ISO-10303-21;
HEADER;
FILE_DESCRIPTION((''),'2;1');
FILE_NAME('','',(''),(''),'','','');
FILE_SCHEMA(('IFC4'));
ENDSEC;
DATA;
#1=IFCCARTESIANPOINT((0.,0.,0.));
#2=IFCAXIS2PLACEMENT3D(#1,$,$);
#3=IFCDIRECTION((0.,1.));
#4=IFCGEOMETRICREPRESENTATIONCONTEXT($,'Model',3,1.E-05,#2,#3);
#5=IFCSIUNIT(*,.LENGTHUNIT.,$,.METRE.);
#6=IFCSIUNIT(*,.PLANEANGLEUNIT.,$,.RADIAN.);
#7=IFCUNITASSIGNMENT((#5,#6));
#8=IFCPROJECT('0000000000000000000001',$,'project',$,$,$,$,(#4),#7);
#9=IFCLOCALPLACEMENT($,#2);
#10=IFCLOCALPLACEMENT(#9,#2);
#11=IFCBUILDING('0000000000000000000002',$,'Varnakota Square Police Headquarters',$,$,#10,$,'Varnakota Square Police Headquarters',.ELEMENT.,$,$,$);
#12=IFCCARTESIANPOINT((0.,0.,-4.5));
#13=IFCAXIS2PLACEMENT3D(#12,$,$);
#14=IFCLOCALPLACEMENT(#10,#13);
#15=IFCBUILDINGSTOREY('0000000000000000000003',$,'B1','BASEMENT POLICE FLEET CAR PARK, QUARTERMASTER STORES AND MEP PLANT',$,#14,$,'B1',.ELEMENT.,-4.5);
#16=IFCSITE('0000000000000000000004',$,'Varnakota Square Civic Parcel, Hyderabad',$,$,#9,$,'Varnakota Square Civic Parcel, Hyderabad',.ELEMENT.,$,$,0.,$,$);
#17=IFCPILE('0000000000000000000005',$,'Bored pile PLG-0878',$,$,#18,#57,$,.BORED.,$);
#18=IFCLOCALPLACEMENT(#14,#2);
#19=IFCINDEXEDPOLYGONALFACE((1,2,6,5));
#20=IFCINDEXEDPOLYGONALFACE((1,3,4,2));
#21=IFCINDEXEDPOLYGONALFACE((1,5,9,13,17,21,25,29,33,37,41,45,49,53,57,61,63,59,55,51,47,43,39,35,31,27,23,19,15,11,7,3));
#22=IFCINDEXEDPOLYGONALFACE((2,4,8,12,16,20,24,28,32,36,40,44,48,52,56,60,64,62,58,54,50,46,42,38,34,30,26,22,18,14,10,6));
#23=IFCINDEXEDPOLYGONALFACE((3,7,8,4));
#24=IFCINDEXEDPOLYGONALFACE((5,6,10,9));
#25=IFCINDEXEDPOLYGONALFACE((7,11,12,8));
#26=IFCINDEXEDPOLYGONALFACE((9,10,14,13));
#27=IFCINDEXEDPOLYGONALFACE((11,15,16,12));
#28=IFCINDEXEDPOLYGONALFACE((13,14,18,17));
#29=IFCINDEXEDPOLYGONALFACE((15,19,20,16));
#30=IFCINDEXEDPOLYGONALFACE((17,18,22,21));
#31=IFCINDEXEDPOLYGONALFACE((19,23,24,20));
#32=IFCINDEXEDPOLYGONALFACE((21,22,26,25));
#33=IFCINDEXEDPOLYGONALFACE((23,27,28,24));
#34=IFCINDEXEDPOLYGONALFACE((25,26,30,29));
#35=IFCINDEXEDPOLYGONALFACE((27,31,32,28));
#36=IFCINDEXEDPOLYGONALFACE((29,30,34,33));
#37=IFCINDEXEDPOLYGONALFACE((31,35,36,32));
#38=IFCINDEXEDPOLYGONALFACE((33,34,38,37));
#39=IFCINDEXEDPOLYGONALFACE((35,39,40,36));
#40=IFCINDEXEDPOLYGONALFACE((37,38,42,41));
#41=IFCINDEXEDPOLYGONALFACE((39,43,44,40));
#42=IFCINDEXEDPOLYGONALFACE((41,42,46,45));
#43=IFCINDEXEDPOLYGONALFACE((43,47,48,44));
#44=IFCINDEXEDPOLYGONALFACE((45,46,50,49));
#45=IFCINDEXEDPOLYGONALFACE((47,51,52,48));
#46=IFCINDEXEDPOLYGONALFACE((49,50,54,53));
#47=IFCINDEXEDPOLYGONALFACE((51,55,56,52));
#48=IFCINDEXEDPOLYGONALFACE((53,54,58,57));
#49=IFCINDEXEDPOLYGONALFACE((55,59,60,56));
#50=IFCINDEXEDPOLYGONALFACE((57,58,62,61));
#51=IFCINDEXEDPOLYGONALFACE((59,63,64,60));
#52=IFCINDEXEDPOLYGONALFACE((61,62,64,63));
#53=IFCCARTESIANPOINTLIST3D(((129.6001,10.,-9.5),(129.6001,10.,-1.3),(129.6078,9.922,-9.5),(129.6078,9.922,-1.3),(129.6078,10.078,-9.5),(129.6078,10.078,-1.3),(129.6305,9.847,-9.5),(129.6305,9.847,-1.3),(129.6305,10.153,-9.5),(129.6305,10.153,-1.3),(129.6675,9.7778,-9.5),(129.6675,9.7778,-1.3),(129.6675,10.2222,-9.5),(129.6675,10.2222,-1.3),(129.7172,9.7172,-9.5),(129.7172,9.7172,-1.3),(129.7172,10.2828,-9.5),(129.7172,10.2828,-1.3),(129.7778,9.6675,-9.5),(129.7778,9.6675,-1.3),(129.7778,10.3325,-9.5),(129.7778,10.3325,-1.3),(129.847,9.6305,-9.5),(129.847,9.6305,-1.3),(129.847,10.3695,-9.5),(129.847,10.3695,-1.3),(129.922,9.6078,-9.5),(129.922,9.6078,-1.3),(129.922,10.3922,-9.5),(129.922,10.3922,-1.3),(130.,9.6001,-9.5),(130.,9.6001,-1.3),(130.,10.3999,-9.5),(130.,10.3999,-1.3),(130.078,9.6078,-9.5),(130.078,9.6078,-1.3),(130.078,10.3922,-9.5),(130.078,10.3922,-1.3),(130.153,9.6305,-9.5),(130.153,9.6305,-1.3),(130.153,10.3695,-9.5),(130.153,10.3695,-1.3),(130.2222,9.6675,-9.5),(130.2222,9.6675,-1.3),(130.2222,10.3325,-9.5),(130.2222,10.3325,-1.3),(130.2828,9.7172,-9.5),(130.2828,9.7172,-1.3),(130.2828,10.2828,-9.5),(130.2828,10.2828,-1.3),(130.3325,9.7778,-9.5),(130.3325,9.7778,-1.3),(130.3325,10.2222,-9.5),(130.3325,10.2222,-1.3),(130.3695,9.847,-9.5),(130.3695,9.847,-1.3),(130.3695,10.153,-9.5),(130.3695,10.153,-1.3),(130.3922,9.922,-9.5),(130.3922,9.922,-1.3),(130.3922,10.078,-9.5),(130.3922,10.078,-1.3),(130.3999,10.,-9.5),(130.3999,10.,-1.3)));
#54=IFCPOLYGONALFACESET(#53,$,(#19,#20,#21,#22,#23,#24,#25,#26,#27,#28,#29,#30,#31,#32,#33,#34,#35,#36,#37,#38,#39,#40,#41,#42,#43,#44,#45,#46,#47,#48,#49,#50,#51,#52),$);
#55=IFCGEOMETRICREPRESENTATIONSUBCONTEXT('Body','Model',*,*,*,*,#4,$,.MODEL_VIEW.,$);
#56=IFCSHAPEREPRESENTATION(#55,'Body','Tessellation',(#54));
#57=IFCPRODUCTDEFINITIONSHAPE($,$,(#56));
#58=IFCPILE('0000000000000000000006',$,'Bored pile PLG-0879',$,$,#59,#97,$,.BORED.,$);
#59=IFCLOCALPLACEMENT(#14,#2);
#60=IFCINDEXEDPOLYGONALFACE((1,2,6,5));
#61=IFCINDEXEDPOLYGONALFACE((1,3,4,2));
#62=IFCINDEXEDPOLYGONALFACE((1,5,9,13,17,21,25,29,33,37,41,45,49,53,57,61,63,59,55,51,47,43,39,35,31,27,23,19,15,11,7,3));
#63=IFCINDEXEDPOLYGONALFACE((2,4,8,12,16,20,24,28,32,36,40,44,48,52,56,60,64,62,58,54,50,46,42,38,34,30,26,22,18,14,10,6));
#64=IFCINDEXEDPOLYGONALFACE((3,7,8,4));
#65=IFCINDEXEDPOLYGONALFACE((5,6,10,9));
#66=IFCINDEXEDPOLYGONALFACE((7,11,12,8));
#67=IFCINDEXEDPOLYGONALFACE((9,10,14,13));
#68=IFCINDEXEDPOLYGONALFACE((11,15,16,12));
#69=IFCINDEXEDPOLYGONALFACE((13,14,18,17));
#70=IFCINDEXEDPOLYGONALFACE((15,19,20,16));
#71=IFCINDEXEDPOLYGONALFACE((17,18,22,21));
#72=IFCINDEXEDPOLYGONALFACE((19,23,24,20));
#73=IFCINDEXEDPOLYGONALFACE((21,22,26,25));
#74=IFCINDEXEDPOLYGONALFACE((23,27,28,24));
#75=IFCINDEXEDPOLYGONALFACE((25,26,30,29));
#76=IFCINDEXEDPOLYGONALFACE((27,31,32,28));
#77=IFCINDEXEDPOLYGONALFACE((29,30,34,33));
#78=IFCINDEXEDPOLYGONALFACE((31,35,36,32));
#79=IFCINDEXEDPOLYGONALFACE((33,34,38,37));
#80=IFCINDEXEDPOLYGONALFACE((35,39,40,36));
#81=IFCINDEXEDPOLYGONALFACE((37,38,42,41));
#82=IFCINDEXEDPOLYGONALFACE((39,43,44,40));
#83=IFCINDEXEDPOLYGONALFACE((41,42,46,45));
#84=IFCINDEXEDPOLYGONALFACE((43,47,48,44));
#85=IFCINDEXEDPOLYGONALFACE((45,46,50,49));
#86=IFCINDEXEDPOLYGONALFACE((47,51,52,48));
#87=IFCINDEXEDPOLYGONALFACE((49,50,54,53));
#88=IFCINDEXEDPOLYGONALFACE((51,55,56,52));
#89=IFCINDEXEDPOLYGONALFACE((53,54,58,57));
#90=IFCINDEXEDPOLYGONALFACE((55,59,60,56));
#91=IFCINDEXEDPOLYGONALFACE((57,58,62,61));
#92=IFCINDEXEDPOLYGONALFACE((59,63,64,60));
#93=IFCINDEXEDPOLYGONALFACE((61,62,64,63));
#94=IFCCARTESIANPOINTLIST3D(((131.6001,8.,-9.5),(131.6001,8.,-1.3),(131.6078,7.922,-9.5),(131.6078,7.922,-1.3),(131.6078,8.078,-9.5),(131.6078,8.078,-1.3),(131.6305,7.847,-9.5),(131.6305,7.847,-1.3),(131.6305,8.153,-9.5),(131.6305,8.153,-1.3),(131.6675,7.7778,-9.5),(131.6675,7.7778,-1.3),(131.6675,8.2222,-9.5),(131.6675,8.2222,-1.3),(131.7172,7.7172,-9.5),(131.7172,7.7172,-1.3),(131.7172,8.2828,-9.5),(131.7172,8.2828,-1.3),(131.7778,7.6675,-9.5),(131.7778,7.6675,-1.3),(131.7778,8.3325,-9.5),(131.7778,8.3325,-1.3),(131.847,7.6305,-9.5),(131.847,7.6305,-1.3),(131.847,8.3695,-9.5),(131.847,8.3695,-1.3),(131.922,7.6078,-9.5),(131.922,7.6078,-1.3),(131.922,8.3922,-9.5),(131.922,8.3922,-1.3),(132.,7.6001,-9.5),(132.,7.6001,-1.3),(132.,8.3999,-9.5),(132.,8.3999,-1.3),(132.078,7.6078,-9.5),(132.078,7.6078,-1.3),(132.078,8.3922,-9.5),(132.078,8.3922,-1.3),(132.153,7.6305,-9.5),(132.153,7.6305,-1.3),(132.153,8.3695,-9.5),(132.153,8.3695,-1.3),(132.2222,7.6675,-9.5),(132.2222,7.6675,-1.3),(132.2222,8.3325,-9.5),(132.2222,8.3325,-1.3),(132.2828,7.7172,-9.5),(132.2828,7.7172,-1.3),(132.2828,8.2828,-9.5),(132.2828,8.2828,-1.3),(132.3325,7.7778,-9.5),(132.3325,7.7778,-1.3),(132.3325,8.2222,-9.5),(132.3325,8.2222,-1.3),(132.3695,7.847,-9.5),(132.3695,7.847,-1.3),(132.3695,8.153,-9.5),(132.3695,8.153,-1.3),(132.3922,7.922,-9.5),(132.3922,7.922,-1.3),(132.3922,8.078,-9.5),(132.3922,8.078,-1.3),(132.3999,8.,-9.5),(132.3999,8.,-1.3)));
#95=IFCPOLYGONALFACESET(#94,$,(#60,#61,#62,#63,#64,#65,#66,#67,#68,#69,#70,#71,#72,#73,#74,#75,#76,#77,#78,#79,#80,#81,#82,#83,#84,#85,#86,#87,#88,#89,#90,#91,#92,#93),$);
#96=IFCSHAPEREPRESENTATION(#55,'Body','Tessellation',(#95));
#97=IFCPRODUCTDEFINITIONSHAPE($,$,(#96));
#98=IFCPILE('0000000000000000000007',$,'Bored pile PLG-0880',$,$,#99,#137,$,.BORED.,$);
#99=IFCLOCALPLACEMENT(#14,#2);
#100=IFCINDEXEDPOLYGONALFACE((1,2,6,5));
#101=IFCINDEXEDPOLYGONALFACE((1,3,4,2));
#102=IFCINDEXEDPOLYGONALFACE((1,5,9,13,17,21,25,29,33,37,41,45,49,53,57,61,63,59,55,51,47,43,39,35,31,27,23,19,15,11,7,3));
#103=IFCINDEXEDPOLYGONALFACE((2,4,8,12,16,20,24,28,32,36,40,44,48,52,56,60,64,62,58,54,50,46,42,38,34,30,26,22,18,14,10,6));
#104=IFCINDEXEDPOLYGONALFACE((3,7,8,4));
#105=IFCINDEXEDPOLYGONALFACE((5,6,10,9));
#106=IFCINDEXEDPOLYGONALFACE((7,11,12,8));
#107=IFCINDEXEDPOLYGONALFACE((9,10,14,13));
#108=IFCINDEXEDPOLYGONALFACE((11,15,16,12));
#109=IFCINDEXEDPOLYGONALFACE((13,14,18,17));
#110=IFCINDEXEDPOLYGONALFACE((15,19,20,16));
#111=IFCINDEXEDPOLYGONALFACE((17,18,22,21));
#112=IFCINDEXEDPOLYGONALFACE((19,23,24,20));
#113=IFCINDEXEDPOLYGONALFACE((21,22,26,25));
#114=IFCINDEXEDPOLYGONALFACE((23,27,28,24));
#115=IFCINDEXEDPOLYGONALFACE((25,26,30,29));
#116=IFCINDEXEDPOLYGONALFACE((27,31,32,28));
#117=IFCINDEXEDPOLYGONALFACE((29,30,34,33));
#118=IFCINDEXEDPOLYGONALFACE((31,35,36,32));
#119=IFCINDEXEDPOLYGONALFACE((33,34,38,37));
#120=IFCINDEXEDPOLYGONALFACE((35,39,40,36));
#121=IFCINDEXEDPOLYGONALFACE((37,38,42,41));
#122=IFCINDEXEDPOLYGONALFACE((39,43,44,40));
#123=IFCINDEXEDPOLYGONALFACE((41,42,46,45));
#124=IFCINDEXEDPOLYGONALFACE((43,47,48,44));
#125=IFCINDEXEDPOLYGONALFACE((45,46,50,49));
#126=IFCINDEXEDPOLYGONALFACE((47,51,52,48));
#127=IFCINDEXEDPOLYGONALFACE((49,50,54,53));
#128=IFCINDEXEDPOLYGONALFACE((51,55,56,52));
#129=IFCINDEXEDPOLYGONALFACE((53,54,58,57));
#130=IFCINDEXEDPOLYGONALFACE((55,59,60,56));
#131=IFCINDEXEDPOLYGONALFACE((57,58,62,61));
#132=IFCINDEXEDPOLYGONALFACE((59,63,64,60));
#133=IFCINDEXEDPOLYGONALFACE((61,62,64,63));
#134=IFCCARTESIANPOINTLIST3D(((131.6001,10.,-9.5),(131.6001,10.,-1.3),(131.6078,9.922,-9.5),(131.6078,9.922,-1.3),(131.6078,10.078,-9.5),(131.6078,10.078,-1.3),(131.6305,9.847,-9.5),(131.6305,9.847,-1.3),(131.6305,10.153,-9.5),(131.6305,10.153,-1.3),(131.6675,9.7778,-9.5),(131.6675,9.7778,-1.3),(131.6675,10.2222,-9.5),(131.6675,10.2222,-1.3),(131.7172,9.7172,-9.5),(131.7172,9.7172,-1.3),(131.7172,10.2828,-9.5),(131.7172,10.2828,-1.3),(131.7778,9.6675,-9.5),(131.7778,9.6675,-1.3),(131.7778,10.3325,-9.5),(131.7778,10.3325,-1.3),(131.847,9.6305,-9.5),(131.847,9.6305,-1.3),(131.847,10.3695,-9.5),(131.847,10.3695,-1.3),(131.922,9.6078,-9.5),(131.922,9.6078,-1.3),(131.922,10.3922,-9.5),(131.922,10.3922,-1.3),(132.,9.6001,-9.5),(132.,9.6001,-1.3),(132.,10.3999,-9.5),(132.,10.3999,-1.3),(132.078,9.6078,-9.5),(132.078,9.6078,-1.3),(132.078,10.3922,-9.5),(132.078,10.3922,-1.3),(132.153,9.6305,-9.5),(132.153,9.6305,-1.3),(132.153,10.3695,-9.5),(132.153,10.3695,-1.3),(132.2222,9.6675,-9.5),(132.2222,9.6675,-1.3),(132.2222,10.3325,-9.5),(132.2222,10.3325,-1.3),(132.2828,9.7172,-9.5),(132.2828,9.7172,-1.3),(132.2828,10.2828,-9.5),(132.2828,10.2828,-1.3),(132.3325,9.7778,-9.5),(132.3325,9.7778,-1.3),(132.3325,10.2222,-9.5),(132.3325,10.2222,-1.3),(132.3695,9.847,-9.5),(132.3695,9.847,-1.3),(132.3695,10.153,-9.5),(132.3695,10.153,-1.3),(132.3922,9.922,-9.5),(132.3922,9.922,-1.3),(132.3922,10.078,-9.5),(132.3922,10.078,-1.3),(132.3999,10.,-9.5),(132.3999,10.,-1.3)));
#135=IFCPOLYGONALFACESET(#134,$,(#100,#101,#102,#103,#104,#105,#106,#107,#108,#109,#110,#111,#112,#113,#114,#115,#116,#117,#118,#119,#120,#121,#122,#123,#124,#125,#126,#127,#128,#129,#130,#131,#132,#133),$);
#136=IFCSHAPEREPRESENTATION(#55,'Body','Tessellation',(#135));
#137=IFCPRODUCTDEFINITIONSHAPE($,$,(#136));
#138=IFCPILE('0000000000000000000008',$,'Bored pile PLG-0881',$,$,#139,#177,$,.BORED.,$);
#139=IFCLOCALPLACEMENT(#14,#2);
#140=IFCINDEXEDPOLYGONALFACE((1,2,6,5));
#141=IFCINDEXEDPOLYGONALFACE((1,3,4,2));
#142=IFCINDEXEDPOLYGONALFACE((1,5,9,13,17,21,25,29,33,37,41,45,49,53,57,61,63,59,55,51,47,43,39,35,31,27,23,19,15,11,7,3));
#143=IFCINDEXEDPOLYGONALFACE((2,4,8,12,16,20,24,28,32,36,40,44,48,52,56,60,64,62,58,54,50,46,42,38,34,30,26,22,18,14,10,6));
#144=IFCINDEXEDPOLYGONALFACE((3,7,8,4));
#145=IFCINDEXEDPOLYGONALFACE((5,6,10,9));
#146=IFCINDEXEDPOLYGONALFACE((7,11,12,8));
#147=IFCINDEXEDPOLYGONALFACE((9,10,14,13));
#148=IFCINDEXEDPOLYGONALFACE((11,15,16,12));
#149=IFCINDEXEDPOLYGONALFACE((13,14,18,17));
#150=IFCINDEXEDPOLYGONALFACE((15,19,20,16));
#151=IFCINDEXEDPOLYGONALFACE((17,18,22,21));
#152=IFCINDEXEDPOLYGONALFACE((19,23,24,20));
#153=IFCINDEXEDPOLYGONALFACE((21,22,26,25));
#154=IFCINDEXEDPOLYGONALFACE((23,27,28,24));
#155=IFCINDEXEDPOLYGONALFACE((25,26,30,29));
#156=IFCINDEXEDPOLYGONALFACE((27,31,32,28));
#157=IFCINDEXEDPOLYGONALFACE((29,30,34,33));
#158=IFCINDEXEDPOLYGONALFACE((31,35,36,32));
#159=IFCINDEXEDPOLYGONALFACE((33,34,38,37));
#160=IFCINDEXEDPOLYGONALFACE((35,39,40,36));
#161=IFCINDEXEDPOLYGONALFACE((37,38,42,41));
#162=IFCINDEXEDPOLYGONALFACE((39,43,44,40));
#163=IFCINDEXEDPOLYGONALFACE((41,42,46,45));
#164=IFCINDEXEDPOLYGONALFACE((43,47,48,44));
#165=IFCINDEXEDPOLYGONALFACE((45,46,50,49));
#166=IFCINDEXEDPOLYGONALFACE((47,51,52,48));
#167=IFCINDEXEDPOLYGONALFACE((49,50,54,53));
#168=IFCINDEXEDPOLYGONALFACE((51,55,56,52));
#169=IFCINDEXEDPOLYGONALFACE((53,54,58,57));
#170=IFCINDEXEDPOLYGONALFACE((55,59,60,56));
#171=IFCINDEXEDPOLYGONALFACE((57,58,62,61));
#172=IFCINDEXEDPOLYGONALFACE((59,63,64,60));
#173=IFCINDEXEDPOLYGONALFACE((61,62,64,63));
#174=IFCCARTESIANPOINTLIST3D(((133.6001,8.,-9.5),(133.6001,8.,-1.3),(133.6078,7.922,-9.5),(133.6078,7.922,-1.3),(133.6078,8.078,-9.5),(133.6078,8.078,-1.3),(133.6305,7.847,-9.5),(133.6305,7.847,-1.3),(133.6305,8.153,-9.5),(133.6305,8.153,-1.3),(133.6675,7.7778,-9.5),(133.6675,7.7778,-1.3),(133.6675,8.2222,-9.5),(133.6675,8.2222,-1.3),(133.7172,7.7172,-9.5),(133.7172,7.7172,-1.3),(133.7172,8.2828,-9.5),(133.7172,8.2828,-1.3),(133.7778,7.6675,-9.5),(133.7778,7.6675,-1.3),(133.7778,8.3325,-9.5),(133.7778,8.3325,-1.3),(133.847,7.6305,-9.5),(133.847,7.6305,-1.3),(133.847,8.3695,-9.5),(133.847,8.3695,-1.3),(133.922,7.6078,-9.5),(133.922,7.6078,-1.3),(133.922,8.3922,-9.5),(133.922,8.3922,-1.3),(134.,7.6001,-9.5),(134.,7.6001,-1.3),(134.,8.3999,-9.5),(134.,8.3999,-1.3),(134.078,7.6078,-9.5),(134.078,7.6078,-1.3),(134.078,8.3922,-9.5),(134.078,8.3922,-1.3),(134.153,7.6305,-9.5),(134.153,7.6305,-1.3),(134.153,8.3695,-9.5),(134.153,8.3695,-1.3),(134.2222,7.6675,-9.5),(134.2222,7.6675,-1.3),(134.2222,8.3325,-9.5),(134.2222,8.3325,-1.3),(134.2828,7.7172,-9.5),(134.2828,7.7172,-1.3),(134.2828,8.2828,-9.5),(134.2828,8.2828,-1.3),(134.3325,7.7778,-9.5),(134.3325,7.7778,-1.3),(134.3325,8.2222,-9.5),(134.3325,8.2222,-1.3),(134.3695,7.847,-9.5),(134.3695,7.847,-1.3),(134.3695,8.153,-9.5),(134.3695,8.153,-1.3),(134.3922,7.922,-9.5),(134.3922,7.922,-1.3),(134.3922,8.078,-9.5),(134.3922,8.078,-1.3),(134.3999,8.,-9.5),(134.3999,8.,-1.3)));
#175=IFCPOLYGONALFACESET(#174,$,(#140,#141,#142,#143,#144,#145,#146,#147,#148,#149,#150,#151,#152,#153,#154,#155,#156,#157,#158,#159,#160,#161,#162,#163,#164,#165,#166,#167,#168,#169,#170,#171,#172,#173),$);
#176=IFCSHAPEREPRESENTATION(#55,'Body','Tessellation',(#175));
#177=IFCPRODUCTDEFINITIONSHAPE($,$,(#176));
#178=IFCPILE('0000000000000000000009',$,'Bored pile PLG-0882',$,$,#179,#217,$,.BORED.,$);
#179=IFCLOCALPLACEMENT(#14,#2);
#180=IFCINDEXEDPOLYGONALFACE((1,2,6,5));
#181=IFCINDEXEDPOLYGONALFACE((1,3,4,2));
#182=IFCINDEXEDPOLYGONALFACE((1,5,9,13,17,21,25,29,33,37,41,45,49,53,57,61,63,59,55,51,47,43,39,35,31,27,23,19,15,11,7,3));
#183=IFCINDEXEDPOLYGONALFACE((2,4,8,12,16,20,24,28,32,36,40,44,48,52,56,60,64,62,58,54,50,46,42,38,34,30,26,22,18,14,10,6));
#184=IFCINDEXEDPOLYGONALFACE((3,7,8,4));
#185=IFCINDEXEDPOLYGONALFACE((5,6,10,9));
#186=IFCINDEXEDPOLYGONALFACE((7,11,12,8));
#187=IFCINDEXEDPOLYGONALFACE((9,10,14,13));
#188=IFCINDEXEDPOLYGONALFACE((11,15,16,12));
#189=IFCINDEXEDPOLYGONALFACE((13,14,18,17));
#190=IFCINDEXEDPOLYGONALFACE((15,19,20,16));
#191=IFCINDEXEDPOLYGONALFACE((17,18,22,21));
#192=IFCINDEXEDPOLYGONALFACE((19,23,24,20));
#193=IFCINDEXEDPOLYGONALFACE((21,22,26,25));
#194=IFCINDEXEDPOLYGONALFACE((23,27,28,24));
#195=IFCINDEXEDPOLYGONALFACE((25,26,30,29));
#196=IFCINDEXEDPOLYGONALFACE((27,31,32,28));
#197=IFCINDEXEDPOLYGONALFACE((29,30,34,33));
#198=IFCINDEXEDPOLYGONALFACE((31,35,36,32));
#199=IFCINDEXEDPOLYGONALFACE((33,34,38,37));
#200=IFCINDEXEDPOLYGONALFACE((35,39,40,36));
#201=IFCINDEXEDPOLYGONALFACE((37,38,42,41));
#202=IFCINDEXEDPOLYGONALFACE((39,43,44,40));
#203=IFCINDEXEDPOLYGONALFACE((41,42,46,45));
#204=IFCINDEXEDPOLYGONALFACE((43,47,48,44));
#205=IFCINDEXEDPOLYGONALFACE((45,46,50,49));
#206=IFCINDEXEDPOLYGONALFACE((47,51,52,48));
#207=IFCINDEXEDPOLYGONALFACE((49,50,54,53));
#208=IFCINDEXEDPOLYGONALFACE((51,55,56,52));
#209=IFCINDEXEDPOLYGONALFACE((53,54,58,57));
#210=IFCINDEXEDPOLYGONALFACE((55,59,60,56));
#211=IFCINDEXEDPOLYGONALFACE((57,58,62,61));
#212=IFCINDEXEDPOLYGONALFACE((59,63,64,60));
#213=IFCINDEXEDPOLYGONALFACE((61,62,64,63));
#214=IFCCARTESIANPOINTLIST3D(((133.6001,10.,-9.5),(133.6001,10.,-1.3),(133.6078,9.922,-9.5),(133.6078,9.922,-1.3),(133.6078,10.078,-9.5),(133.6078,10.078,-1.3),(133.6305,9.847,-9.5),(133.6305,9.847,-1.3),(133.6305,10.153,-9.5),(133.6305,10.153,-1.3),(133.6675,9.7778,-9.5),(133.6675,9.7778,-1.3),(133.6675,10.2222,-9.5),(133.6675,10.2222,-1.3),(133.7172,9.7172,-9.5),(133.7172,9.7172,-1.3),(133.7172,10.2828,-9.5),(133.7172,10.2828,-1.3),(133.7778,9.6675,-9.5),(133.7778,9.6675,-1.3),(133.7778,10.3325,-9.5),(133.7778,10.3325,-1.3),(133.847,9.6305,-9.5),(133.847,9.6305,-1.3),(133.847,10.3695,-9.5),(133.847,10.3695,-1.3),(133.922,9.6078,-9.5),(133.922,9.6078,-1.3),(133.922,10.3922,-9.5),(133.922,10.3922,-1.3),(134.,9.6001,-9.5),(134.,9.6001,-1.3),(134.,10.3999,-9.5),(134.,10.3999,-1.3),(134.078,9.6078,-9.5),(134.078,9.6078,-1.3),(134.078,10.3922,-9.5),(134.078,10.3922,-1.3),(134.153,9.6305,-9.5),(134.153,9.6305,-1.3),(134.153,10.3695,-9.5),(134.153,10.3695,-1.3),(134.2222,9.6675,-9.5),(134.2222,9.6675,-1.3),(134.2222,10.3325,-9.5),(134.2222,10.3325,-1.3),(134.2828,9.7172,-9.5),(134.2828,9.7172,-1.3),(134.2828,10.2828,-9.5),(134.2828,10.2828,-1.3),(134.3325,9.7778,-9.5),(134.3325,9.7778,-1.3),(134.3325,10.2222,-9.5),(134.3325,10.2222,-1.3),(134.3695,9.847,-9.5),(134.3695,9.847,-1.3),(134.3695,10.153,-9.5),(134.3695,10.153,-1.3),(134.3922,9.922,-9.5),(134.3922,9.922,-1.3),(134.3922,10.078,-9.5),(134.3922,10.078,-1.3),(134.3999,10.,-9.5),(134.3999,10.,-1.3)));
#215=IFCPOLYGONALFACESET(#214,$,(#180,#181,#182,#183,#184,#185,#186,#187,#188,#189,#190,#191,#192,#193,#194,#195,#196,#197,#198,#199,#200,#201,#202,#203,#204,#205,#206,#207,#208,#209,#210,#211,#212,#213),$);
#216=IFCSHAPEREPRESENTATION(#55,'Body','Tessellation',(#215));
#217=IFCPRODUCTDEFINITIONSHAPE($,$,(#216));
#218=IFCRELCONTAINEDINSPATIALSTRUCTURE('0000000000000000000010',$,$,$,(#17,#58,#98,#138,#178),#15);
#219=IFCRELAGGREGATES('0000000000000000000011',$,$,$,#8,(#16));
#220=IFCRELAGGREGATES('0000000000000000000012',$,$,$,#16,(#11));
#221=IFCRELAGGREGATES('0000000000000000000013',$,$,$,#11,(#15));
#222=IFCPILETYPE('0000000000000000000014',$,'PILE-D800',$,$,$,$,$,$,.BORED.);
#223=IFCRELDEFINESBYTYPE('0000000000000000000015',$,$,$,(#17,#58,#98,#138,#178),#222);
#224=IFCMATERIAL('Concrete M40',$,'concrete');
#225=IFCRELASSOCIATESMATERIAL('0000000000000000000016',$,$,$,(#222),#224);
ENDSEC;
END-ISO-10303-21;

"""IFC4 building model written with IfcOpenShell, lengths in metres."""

from ifc_helpers import new_model, si_unit, direction, frame, origin, origin_2d, place, context, subcontext, project, spatial, circle, extrude, material, material_profile, profile_set, type_object, element, save


model = new_model("IFC4")

# Units and contexts
model_context = context("Model", 3, precision=1e-05, world=origin(), true_north=direction((0.0, 1.0)))
body_context = subcontext(model_context, "Body", "Model", "MODEL_VIEW")
ifc_project = project(units=[si_unit("LENGTHUNIT", "METRE"), si_unit("PLANEANGLEUNIT", "RADIAN")], contexts=[model_context])

# Site, building, storey
site_placement = place(None, origin())
site = spatial("IfcSite", under=ifc_project, at=site_placement, Name="Varnakota Square Civic Parcel, Hyderabad", LongName="Varnakota Square Civic Parcel, Hyderabad", CompositionType="ELEMENT", RefElevation=0.0)
building_placement = place(site_placement, origin())
building = spatial("IfcBuilding", under=site, at=building_placement, Name="Varnakota Square Police Headquarters", LongName="Varnakota Square Police Headquarters", CompositionType="ELEMENT")
storey_placement = place(building_placement, frame((0.0, 0.0, -4.5)))
storey = spatial("IfcBuildingStorey", under=building, at=storey_placement, Name="B1", Description="BASEMENT POLICE FLEET CAR PARK, QUARTERMASTER STORES AND MEP PLANT", LongName="B1", CompositionType="ELEMENT", Elevation=-4.5)

# Shared definitions
ifc_material_1 = material(Name="Concrete M40", Category="concrete")

# Piles
ifc_material_profile_1 = material_profile(ifc_material_1, circle(Radius=0.3999, at=origin_2d()), Name="BORED PILE 800")
ifc_profile_set_1 = profile_set([ifc_material_profile_1], Name="Concrete M40")
pile_type = type_object("IfcPileType", Name="PILE-D800", PredefinedType="BORED", material=ifc_profile_set_1)
for number, where, z_axis, x_axis, name in (
    (1, (130.0, 10.0, -1.3), (0.0, 0.0, -1.0), (1.0, 0.0, 0.0), "Bored pile PLG-0878"),
    (2, (132.0, 8.0, -1.3), (0.0, 0.0, -1.0), (1.0, 0.0, 0.0), "Bored pile PLG-0879"),
    (3, (132.0, 10.0, -1.3), (0.0, 0.0, -1.0), (1.0, 0.0, 0.0), "Bored pile PLG-0880"),
    (4, (134.0, 8.0, -1.3), (0.0, 0.0, -1.0), (1.0, 0.0, 0.0), "Bored pile PLG-0881"),
    (5, (134.0, 10.0, -1.3), (0.0, 0.0, -1.0), (1.0, 0.0, 0.0), "Bored pile PLG-0882"),
):
    element("IfcPile", number, at=place(storey_placement, frame(where, z_axis=z_axis, x_axis=x_axis)), inside=storey, type_object=pile_type, Name=name, PredefinedType="BORED", context=body_context, shape_type="SweptSolid", body=[
        extrude(circle(Radius=0.3999, at=origin_2d()), origin(), (0.0, 0.0, 1.0), 8.2),
    ])

save(model, "model.ifc")
